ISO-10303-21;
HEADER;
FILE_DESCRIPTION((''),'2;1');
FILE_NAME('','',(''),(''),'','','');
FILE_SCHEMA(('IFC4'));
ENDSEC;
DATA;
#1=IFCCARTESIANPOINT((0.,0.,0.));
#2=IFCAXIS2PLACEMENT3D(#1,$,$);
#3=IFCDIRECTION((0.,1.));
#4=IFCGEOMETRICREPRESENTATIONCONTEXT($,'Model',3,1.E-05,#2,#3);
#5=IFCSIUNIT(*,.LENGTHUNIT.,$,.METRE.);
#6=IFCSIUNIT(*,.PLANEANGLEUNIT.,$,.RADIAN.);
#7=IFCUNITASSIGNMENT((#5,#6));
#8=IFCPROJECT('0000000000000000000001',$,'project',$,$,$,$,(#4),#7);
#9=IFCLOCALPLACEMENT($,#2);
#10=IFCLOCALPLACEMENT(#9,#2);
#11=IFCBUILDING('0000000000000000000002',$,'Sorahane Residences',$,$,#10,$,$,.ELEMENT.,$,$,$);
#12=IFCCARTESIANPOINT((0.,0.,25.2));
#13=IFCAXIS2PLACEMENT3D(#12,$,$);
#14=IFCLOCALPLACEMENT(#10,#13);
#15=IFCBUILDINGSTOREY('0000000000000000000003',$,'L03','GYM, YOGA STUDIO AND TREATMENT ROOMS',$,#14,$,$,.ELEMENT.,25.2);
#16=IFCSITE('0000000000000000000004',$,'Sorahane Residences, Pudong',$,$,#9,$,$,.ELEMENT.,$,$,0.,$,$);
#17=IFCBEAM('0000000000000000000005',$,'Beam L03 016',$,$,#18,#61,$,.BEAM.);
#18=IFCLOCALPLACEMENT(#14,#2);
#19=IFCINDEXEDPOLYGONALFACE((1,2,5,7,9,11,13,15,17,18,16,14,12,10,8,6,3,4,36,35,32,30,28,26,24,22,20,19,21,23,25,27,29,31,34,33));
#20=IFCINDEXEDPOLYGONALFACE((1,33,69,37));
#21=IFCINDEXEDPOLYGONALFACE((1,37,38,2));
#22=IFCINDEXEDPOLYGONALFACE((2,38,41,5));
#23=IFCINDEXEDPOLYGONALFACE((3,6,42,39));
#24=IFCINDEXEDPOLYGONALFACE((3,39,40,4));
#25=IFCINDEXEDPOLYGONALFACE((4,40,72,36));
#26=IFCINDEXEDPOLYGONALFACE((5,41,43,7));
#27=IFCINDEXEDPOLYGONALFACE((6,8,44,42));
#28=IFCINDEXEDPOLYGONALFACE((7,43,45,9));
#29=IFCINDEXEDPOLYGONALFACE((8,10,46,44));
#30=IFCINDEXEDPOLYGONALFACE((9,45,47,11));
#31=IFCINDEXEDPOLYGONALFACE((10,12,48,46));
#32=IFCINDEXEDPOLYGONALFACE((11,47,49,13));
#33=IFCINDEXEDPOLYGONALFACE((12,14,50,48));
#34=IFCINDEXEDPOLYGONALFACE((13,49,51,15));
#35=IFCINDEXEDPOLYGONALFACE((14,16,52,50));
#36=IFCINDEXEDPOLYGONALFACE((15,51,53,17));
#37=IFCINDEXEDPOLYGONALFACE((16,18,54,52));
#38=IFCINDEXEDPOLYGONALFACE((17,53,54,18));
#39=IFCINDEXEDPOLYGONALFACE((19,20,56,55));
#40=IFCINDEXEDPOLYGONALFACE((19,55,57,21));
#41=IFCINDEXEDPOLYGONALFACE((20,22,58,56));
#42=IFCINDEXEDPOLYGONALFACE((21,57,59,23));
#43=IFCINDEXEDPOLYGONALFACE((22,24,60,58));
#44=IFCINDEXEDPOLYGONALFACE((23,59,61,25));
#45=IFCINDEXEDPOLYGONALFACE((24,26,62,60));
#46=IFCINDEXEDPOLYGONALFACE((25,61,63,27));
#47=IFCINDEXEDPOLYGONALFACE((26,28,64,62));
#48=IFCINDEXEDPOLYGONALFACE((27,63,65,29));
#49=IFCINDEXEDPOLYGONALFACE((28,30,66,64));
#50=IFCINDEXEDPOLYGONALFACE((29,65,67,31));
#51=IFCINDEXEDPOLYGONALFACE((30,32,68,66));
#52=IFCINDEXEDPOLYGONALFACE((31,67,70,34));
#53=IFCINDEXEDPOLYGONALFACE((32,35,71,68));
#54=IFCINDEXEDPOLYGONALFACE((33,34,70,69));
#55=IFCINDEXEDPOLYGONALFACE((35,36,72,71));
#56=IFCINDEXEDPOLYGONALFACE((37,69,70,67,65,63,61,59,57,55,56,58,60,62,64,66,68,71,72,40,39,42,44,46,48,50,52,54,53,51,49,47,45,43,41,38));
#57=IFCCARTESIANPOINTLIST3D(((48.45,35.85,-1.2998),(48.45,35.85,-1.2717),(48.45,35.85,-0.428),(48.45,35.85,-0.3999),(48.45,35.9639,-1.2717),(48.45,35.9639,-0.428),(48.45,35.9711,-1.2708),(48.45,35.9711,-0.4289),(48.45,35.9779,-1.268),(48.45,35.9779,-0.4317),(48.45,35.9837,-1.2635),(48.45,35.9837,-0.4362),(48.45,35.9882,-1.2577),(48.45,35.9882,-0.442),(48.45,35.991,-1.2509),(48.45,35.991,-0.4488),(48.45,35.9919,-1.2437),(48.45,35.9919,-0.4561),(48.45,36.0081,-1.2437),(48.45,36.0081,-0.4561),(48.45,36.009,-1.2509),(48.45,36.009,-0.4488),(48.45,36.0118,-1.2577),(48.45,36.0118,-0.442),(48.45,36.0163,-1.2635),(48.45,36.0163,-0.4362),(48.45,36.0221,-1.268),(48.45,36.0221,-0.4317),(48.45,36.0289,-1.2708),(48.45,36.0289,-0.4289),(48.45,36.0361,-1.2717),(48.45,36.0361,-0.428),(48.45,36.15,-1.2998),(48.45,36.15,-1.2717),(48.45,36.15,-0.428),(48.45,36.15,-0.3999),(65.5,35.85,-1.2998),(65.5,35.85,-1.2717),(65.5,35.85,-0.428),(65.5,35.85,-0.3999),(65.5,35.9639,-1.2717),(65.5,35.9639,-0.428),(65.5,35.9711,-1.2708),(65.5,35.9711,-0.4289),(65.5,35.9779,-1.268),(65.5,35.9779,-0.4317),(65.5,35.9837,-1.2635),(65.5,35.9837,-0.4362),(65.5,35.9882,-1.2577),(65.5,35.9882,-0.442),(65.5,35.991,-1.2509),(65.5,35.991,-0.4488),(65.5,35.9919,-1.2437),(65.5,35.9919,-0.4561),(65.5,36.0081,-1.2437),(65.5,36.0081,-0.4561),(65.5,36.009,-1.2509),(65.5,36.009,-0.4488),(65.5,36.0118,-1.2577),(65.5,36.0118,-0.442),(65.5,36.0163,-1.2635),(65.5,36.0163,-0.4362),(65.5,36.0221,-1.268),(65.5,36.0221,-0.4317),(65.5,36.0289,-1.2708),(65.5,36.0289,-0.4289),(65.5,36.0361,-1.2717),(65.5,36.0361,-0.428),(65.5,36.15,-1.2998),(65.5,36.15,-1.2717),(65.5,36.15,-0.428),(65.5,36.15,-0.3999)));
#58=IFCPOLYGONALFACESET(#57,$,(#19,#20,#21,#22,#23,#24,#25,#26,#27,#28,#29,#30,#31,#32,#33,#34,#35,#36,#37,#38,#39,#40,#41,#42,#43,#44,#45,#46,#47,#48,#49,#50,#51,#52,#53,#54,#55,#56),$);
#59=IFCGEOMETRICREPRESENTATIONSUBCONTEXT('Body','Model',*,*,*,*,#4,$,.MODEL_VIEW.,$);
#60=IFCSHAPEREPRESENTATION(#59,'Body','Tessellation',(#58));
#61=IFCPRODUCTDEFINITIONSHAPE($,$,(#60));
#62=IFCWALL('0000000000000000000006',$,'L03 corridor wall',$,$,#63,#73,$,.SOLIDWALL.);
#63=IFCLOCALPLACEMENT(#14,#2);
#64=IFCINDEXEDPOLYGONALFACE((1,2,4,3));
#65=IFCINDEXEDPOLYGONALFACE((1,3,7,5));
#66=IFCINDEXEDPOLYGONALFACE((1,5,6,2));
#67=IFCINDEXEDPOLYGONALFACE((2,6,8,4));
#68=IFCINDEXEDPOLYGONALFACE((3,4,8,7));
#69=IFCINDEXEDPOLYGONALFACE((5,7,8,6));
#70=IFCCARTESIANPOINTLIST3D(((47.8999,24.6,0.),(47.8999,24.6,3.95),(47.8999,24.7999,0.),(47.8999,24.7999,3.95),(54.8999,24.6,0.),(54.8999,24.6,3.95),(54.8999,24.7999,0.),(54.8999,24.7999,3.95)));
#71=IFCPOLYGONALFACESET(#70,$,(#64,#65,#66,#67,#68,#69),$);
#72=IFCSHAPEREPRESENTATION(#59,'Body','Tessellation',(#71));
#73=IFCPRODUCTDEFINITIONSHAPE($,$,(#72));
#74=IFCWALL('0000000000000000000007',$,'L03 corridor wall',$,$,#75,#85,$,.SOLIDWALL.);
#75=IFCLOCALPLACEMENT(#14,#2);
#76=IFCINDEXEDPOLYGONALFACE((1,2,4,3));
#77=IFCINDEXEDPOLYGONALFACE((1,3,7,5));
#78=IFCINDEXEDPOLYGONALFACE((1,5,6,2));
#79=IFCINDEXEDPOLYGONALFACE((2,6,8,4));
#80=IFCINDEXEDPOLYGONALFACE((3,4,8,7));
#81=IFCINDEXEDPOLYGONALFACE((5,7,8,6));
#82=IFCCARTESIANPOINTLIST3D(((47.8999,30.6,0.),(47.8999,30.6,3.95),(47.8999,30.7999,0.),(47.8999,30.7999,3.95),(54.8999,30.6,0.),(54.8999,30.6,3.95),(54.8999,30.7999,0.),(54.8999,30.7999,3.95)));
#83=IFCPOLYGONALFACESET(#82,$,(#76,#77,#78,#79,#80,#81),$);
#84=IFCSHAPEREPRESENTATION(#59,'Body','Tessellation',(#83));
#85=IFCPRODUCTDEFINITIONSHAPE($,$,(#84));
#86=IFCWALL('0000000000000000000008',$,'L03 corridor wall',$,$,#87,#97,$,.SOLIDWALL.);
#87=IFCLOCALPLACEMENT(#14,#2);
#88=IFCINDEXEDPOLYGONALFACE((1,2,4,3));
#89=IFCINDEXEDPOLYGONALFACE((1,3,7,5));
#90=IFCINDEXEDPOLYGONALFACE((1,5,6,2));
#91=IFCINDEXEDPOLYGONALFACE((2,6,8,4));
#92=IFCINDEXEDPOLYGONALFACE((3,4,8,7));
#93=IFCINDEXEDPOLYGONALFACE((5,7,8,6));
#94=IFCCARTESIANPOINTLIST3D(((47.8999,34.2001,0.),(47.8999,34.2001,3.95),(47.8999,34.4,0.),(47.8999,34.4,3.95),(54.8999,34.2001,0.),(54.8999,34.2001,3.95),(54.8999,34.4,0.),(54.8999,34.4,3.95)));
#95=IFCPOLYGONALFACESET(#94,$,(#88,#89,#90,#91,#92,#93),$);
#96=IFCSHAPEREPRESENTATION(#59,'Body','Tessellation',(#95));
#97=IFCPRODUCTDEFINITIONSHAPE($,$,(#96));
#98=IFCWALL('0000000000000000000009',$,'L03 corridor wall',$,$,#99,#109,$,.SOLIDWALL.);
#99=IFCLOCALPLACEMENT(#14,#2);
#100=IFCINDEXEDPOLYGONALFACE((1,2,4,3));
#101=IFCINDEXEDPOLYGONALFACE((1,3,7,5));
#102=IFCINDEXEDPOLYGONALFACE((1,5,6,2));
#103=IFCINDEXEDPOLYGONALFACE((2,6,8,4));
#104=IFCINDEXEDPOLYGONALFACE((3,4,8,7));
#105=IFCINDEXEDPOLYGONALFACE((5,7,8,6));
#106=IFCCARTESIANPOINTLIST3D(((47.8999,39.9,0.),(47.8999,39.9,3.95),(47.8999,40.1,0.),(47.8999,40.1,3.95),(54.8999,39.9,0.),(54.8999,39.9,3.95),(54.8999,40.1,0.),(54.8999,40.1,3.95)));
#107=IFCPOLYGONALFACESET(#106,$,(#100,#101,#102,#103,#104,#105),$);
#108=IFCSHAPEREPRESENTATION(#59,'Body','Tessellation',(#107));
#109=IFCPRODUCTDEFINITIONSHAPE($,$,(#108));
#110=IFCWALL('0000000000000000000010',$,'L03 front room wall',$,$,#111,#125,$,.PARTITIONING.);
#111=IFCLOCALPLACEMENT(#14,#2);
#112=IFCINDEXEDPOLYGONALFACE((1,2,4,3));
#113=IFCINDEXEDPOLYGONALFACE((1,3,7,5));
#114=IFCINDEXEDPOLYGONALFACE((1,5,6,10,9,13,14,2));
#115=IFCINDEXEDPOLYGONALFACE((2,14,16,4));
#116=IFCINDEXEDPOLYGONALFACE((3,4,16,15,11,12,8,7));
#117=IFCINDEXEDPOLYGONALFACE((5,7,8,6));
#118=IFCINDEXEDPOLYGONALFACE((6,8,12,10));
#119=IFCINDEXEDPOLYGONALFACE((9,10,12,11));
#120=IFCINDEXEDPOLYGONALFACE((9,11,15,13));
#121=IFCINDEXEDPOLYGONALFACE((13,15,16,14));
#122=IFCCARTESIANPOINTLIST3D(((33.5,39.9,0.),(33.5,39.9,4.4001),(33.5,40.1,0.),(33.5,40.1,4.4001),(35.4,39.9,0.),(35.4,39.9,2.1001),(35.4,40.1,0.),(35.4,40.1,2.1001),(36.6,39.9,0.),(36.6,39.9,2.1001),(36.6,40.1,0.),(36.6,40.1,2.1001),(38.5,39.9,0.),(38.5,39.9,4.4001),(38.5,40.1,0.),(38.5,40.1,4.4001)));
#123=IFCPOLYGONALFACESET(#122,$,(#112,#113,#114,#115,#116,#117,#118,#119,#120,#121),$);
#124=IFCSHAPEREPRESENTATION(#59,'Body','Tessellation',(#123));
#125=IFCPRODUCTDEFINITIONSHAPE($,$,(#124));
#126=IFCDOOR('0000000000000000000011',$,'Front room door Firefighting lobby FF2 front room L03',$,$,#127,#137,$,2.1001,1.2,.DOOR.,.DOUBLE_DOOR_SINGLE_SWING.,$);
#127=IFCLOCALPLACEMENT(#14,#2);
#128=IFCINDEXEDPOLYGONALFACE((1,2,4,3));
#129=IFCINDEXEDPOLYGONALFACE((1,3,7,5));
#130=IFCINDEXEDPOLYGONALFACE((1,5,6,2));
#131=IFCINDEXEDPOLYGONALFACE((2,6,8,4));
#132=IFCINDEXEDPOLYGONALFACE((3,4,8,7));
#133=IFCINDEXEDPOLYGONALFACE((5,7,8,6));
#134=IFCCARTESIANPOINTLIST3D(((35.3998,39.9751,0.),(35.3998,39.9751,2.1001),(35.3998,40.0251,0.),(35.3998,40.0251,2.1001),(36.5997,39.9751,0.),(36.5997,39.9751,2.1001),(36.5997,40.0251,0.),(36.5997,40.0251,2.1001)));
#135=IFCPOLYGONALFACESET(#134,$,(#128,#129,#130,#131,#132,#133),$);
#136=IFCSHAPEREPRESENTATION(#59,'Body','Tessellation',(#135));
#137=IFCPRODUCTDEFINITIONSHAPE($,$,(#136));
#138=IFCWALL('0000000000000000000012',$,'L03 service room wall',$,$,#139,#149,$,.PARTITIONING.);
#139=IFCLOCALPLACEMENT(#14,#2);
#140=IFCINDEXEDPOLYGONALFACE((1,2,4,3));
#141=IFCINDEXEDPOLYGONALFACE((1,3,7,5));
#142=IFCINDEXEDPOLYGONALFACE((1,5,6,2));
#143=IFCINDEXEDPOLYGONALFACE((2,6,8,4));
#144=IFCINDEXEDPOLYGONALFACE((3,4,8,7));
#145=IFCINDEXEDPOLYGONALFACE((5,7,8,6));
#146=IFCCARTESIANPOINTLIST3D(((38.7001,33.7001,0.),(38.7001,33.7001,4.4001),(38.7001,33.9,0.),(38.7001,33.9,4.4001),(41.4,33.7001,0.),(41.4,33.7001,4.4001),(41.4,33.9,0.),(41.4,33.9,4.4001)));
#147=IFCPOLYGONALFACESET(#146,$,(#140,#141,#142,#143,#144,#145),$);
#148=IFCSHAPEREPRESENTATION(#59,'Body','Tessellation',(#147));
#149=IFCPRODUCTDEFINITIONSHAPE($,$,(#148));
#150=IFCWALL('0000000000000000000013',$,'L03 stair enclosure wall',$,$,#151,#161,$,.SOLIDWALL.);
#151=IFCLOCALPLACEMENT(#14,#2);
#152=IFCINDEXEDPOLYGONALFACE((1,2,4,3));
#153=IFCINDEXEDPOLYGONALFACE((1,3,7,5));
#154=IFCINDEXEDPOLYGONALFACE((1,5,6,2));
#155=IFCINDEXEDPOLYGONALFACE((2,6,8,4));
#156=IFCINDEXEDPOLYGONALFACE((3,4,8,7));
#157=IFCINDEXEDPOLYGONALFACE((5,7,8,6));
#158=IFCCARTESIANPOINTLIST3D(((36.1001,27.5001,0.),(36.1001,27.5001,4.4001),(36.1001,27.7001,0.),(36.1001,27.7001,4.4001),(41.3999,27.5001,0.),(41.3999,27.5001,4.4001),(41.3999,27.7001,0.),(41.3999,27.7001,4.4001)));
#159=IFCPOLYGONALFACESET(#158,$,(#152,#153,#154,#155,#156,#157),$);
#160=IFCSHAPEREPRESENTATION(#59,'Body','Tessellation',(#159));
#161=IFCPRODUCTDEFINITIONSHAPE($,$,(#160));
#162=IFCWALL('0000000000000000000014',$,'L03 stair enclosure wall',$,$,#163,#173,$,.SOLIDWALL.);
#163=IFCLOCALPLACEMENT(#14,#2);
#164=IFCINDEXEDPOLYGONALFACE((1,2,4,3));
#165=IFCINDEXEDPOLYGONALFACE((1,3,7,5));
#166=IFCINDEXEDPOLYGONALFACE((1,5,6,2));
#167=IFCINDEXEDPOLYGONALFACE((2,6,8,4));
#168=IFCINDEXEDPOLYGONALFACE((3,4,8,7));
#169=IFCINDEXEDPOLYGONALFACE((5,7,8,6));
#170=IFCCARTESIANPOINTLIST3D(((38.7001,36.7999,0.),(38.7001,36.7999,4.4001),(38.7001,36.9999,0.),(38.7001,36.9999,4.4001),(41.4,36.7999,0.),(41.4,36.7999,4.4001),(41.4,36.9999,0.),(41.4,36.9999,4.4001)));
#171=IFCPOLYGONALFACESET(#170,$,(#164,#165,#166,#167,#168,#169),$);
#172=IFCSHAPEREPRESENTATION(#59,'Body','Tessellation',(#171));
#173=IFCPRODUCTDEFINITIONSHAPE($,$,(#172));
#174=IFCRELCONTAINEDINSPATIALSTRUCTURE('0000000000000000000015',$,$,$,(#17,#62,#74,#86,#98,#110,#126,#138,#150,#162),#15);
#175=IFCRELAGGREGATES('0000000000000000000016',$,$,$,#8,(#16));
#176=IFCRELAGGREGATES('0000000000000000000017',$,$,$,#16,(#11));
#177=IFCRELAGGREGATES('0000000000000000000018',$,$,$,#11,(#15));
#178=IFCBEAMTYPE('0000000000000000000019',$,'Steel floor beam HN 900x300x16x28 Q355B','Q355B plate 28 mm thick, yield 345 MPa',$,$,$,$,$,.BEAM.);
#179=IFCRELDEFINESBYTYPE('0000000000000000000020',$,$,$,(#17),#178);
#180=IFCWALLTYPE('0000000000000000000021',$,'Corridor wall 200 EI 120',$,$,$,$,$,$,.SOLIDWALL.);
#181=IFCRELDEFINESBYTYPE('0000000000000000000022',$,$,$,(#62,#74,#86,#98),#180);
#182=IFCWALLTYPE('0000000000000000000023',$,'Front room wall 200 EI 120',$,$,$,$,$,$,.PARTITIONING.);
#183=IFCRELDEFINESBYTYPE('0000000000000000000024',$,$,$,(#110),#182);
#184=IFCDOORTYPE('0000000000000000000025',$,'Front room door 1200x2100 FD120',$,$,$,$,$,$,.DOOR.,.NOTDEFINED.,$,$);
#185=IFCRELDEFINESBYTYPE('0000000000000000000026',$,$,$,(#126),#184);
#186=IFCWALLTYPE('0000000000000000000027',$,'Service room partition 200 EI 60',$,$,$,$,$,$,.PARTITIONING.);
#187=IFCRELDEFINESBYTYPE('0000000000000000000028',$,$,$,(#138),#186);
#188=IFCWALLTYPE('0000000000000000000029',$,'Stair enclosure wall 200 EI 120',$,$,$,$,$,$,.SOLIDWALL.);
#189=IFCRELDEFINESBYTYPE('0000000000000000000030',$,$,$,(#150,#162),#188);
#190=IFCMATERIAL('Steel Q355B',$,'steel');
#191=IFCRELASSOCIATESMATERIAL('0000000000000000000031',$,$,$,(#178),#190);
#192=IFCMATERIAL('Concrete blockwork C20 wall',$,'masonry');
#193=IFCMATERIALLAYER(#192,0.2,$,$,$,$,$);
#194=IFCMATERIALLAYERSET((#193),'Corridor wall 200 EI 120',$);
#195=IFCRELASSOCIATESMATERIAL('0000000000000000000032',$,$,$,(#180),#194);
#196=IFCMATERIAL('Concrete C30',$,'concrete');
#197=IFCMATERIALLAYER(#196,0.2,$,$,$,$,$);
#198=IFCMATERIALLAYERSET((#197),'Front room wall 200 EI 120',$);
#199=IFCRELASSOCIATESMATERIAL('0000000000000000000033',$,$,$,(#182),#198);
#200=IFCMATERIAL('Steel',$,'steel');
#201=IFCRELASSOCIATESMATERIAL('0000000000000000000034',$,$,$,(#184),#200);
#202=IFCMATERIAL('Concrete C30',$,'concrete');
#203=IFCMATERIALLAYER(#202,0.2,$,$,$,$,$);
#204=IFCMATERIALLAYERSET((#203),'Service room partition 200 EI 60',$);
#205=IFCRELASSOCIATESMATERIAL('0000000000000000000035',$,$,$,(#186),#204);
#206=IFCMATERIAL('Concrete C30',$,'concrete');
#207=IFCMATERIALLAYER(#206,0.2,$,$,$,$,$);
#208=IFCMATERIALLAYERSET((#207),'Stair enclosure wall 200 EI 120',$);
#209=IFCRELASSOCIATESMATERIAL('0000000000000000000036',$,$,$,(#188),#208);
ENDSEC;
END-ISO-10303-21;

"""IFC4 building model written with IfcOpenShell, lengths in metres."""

from ifc_helpers import new_model, si_unit, direction, frame, frame_2d, origin, origin_2d, place, context, subcontext, project, spatial, rectangle, i_section, extrude, material, layer, layer_set, material_profile, profile_set, type_object, element, fill, save


model = new_model("IFC4")

# Units and contexts
model_context = context("Model", 3, precision=1e-05, world=origin(), true_north=direction((0.0, 1.0)))
body_context = subcontext(model_context, "Body", "Model", "MODEL_VIEW")
ifc_project = project(units=[si_unit("LENGTHUNIT", "METRE"), si_unit("PLANEANGLEUNIT", "RADIAN")], contexts=[model_context])

# Site, building, storey
site_placement = place(None, origin())
site = spatial("IfcSite", under=ifc_project, at=site_placement, Name="Sorahane Residences, Pudong", CompositionType="ELEMENT", RefElevation=0.0)
building_placement = place(site_placement, origin())
building = spatial("IfcBuilding", under=site, at=building_placement, Name="Sorahane Residences", CompositionType="ELEMENT")
storey_placement = place(building_placement, frame((0.0, 0.0, 25.2)))
storey = spatial("IfcBuildingStorey", under=building, at=storey_placement, Name="L03", Description="GYM, YOGA STUDIO AND TREATMENT ROOMS", CompositionType="ELEMENT", Elevation=25.2)

# Beam
ifc_material_1 = material(Name="Steel Q355B", Category="steel")
ifc_material_profile_1 = material_profile(ifc_material_1, i_section(OverallWidth=0.3, OverallDepth=0.8999, WebThickness=0.0161, FlangeThickness=0.0281, FilletRadius=0.0281, at=origin_2d()), Name="HN 900x300x16x28")
ifc_profile_set_1 = profile_set([ifc_material_profile_1], Name="Steel Q355B")
beam_type_1 = type_object("IfcBeamType", Name="Steel floor beam HN 900x300x16x28 Q355B", Description="Q355B plate 28 mm thick, yield 345 MPa", PredefinedType="BEAM", material=ifc_profile_set_1)
beam_placement = place(storey_placement, frame((48.45, 36.0, -0.8499), z_axis=(1.0, 0.0, 0.0), x_axis=(0.0, 1.0, 0.0)))
element("IfcBeam", 1, at=beam_placement, inside=storey, type_object=beam_type_1, Name="Beam L03 016", PredefinedType="BEAM", context=body_context, shape_type="SweptSolid", body=[
    extrude(i_section(OverallWidth=0.3, OverallDepth=0.8999, WebThickness=0.0161, FlangeThickness=0.0281, FilletRadius=0.0281, at=origin_2d()), origin(), (0.0, 0.0, 1.0), 17.05),
])

# Walls
ifc_material_2 = material(Name="Concrete blockwork C20 wall", Category="masonry")
ifc_layer_1 = layer(ifc_material_2, 0.2)
ifc_layer_set_1 = layer_set([ifc_layer_1], Name="Corridor wall 200 EI 120")
wall_type_1 = type_object("IfcWallType", Name="Corridor wall 200 EI 120", PredefinedType="SOLIDWALL", material=ifc_layer_set_1)
for number, where, z_axis, x_axis, name in (
    (2, (47.8999, 24.7, 0.0), (0.0, 0.0, 1.0), (1.0, 0.0, 0.0), "L03 corridor wall"),
    (3, (47.8999, 30.7, 0.0), (0.0, 0.0, 1.0), (1.0, 0.0, 0.0), "L03 corridor wall"),
    (4, (47.8999, 34.3, 0.0), (0.0, 0.0, 1.0), (1.0, 0.0, 0.0), "L03 corridor wall"),
    (5, (47.8999, 40.0, 0.0), (0.0, 0.0, 1.0), (1.0, 0.0, 0.0), "L03 corridor wall"),
):
    element("IfcWall", number, at=place(storey_placement, frame(where, z_axis=z_axis, x_axis=x_axis)), inside=storey, type_object=wall_type_1, Name=name, PredefinedType="SOLIDWALL", context=body_context, shape_type="SweptSolid", body=[
        extrude(rectangle(XDim=7.0, YDim=0.2, at=frame_2d((3.5, 0.0))), origin(), (0.0, 0.0, 1.0), 3.95),
    ])

# Wall, opening, door
ifc_material_3 = material(Name="Concrete C30", Category="concrete")
ifc_layer_2 = layer(ifc_material_3, 0.2)
ifc_layer_set_2 = layer_set([ifc_layer_2], Name="Front room wall 200 EI 120")
wall_type_2 = type_object("IfcWallType", Name="Front room wall 200 EI 120", PredefinedType="PARTITIONING", material=ifc_layer_set_2)
wall_1_placement = place(storey_placement, frame((33.5, 40.0, 0.0), z_axis=(0.0, 0.0, 1.0), x_axis=(1.0, 0.0, 0.0)))
wall_1 = element("IfcWall", 6, at=wall_1_placement, inside=storey, type_object=wall_type_2, Name="L03 front room wall", PredefinedType="PARTITIONING", context=body_context, shape_type="SweptSolid", body=[
    extrude(rectangle(XDim=5.0, YDim=0.2, at=frame_2d((2.5, 0.0))), origin(), (0.0, 0.0, 1.0), 4.4001),
])
opening_placement = place(wall_1_placement, frame((1.8999, 0.0, 0.0)))
opening = element("IfcOpeningElement", 7, at=opening_placement, cuts=wall_1, PredefinedType="OPENING", context=body_context, shape_type="SweptSolid", body=[
    extrude(rectangle(XDim=1.2, YDim=2.1001, at=frame_2d((0.6001, 1.05))), frame((0.0, 0.1099, 0.0), z_axis=(0.0, -1.0, 0.0), x_axis=(1.0, 0.0, 0.0)), (0.0, 0.0, 1.0), 0.22),
])
ifc_material_4 = material(Name="Steel", Category="steel")
door_type = type_object("IfcDoorType", Name="Front room door 1200x2100 FD120", OperationType="NOTDEFINED", PredefinedType="DOOR", material=ifc_material_4)
door_placement = place(opening_placement, frame((1.2, 0.0, 0.0), z_axis=(0.0, 0.0, 1.0), x_axis=(-1.0, 0.0, 0.0)))
door = element("IfcDoor", 8, at=door_placement, inside=storey, type_object=door_type, Name="Front room door Firefighting lobby FF2 front room L03", OperationType="DOUBLE_DOOR_SINGLE_SWING", OverallHeight=2.1001, OverallWidth=1.2, PredefinedType="DOOR", context=body_context, shape_type="SweptSolid", body=[
    extrude(rectangle(XDim=1.2, YDim=2.1001, at=frame_2d((0.6001, 1.05))), frame((0.0, 0.0249, 0.0), z_axis=(0.0, -1.0, 0.0), x_axis=(1.0, 0.0, 0.0)), (0.0, 0.0, 1.0), 0.05),
])
fill(opening, door)

# Walls
ifc_material_5 = material(Name="Concrete C30", Category="concrete")
ifc_layer_3 = layer(ifc_material_5, 0.2)
ifc_layer_set_3 = layer_set([ifc_layer_3], Name="Service room partition 200 EI 60")
wall_type_3 = type_object("IfcWallType", Name="Service room partition 200 EI 60", PredefinedType="PARTITIONING", material=ifc_layer_set_3)
wall_2_placement = place(storey_placement, frame((38.7, 33.8, 0.0), z_axis=(0.0, 0.0, 1.0), x_axis=(1.0, 0.0, 0.0)))
element("IfcWall", 9, at=wall_2_placement, inside=storey, type_object=wall_type_3, Name="L03 service room wall", PredefinedType="PARTITIONING", context=body_context, shape_type="SweptSolid", body=[
    extrude(rectangle(XDim=2.7, YDim=0.2, at=frame_2d((1.3501, 0.0))), origin(), (0.0, 0.0, 1.0), 4.4001),
])
ifc_material_6 = material(Name="Concrete C30", Category="concrete")
ifc_layer_4 = layer(ifc_material_6, 0.2)
ifc_layer_set_4 = layer_set([ifc_layer_4], Name="Stair enclosure wall 200 EI 120")
wall_type_4 = type_object("IfcWallType", Name="Stair enclosure wall 200 EI 120", PredefinedType="SOLIDWALL", material=ifc_layer_set_4)
wall_3_placement = place(storey_placement, frame((36.1001, 27.6001, 0.0), z_axis=(0.0, 0.0, 1.0), x_axis=(1.0, 0.0, 0.0)))
element("IfcWall", 10, at=wall_3_placement, inside=storey, type_object=wall_type_4, Name="L03 stair enclosure wall", PredefinedType="SOLIDWALL", context=body_context, shape_type="SweptSolid", body=[
    extrude(rectangle(XDim=5.2998, YDim=0.2, at=frame_2d((2.6499, 0.0))), origin(), (0.0, 0.0, 1.0), 4.4001),
])
wall_4_placement = place(storey_placement, frame((38.7, 36.8999, 0.0), z_axis=(0.0, 0.0, 1.0), x_axis=(1.0, 0.0, 0.0)))
element("IfcWall", 11, at=wall_4_placement, inside=storey, type_object=wall_type_4, Name="L03 stair enclosure wall", PredefinedType="SOLIDWALL", context=body_context, shape_type="SweptSolid", body=[
    extrude(rectangle(XDim=2.7, YDim=0.2, at=frame_2d((1.3501, 0.0))), origin(), (0.0, 0.0, 1.0), 4.4001),
])

save(model, "model.ifc")
